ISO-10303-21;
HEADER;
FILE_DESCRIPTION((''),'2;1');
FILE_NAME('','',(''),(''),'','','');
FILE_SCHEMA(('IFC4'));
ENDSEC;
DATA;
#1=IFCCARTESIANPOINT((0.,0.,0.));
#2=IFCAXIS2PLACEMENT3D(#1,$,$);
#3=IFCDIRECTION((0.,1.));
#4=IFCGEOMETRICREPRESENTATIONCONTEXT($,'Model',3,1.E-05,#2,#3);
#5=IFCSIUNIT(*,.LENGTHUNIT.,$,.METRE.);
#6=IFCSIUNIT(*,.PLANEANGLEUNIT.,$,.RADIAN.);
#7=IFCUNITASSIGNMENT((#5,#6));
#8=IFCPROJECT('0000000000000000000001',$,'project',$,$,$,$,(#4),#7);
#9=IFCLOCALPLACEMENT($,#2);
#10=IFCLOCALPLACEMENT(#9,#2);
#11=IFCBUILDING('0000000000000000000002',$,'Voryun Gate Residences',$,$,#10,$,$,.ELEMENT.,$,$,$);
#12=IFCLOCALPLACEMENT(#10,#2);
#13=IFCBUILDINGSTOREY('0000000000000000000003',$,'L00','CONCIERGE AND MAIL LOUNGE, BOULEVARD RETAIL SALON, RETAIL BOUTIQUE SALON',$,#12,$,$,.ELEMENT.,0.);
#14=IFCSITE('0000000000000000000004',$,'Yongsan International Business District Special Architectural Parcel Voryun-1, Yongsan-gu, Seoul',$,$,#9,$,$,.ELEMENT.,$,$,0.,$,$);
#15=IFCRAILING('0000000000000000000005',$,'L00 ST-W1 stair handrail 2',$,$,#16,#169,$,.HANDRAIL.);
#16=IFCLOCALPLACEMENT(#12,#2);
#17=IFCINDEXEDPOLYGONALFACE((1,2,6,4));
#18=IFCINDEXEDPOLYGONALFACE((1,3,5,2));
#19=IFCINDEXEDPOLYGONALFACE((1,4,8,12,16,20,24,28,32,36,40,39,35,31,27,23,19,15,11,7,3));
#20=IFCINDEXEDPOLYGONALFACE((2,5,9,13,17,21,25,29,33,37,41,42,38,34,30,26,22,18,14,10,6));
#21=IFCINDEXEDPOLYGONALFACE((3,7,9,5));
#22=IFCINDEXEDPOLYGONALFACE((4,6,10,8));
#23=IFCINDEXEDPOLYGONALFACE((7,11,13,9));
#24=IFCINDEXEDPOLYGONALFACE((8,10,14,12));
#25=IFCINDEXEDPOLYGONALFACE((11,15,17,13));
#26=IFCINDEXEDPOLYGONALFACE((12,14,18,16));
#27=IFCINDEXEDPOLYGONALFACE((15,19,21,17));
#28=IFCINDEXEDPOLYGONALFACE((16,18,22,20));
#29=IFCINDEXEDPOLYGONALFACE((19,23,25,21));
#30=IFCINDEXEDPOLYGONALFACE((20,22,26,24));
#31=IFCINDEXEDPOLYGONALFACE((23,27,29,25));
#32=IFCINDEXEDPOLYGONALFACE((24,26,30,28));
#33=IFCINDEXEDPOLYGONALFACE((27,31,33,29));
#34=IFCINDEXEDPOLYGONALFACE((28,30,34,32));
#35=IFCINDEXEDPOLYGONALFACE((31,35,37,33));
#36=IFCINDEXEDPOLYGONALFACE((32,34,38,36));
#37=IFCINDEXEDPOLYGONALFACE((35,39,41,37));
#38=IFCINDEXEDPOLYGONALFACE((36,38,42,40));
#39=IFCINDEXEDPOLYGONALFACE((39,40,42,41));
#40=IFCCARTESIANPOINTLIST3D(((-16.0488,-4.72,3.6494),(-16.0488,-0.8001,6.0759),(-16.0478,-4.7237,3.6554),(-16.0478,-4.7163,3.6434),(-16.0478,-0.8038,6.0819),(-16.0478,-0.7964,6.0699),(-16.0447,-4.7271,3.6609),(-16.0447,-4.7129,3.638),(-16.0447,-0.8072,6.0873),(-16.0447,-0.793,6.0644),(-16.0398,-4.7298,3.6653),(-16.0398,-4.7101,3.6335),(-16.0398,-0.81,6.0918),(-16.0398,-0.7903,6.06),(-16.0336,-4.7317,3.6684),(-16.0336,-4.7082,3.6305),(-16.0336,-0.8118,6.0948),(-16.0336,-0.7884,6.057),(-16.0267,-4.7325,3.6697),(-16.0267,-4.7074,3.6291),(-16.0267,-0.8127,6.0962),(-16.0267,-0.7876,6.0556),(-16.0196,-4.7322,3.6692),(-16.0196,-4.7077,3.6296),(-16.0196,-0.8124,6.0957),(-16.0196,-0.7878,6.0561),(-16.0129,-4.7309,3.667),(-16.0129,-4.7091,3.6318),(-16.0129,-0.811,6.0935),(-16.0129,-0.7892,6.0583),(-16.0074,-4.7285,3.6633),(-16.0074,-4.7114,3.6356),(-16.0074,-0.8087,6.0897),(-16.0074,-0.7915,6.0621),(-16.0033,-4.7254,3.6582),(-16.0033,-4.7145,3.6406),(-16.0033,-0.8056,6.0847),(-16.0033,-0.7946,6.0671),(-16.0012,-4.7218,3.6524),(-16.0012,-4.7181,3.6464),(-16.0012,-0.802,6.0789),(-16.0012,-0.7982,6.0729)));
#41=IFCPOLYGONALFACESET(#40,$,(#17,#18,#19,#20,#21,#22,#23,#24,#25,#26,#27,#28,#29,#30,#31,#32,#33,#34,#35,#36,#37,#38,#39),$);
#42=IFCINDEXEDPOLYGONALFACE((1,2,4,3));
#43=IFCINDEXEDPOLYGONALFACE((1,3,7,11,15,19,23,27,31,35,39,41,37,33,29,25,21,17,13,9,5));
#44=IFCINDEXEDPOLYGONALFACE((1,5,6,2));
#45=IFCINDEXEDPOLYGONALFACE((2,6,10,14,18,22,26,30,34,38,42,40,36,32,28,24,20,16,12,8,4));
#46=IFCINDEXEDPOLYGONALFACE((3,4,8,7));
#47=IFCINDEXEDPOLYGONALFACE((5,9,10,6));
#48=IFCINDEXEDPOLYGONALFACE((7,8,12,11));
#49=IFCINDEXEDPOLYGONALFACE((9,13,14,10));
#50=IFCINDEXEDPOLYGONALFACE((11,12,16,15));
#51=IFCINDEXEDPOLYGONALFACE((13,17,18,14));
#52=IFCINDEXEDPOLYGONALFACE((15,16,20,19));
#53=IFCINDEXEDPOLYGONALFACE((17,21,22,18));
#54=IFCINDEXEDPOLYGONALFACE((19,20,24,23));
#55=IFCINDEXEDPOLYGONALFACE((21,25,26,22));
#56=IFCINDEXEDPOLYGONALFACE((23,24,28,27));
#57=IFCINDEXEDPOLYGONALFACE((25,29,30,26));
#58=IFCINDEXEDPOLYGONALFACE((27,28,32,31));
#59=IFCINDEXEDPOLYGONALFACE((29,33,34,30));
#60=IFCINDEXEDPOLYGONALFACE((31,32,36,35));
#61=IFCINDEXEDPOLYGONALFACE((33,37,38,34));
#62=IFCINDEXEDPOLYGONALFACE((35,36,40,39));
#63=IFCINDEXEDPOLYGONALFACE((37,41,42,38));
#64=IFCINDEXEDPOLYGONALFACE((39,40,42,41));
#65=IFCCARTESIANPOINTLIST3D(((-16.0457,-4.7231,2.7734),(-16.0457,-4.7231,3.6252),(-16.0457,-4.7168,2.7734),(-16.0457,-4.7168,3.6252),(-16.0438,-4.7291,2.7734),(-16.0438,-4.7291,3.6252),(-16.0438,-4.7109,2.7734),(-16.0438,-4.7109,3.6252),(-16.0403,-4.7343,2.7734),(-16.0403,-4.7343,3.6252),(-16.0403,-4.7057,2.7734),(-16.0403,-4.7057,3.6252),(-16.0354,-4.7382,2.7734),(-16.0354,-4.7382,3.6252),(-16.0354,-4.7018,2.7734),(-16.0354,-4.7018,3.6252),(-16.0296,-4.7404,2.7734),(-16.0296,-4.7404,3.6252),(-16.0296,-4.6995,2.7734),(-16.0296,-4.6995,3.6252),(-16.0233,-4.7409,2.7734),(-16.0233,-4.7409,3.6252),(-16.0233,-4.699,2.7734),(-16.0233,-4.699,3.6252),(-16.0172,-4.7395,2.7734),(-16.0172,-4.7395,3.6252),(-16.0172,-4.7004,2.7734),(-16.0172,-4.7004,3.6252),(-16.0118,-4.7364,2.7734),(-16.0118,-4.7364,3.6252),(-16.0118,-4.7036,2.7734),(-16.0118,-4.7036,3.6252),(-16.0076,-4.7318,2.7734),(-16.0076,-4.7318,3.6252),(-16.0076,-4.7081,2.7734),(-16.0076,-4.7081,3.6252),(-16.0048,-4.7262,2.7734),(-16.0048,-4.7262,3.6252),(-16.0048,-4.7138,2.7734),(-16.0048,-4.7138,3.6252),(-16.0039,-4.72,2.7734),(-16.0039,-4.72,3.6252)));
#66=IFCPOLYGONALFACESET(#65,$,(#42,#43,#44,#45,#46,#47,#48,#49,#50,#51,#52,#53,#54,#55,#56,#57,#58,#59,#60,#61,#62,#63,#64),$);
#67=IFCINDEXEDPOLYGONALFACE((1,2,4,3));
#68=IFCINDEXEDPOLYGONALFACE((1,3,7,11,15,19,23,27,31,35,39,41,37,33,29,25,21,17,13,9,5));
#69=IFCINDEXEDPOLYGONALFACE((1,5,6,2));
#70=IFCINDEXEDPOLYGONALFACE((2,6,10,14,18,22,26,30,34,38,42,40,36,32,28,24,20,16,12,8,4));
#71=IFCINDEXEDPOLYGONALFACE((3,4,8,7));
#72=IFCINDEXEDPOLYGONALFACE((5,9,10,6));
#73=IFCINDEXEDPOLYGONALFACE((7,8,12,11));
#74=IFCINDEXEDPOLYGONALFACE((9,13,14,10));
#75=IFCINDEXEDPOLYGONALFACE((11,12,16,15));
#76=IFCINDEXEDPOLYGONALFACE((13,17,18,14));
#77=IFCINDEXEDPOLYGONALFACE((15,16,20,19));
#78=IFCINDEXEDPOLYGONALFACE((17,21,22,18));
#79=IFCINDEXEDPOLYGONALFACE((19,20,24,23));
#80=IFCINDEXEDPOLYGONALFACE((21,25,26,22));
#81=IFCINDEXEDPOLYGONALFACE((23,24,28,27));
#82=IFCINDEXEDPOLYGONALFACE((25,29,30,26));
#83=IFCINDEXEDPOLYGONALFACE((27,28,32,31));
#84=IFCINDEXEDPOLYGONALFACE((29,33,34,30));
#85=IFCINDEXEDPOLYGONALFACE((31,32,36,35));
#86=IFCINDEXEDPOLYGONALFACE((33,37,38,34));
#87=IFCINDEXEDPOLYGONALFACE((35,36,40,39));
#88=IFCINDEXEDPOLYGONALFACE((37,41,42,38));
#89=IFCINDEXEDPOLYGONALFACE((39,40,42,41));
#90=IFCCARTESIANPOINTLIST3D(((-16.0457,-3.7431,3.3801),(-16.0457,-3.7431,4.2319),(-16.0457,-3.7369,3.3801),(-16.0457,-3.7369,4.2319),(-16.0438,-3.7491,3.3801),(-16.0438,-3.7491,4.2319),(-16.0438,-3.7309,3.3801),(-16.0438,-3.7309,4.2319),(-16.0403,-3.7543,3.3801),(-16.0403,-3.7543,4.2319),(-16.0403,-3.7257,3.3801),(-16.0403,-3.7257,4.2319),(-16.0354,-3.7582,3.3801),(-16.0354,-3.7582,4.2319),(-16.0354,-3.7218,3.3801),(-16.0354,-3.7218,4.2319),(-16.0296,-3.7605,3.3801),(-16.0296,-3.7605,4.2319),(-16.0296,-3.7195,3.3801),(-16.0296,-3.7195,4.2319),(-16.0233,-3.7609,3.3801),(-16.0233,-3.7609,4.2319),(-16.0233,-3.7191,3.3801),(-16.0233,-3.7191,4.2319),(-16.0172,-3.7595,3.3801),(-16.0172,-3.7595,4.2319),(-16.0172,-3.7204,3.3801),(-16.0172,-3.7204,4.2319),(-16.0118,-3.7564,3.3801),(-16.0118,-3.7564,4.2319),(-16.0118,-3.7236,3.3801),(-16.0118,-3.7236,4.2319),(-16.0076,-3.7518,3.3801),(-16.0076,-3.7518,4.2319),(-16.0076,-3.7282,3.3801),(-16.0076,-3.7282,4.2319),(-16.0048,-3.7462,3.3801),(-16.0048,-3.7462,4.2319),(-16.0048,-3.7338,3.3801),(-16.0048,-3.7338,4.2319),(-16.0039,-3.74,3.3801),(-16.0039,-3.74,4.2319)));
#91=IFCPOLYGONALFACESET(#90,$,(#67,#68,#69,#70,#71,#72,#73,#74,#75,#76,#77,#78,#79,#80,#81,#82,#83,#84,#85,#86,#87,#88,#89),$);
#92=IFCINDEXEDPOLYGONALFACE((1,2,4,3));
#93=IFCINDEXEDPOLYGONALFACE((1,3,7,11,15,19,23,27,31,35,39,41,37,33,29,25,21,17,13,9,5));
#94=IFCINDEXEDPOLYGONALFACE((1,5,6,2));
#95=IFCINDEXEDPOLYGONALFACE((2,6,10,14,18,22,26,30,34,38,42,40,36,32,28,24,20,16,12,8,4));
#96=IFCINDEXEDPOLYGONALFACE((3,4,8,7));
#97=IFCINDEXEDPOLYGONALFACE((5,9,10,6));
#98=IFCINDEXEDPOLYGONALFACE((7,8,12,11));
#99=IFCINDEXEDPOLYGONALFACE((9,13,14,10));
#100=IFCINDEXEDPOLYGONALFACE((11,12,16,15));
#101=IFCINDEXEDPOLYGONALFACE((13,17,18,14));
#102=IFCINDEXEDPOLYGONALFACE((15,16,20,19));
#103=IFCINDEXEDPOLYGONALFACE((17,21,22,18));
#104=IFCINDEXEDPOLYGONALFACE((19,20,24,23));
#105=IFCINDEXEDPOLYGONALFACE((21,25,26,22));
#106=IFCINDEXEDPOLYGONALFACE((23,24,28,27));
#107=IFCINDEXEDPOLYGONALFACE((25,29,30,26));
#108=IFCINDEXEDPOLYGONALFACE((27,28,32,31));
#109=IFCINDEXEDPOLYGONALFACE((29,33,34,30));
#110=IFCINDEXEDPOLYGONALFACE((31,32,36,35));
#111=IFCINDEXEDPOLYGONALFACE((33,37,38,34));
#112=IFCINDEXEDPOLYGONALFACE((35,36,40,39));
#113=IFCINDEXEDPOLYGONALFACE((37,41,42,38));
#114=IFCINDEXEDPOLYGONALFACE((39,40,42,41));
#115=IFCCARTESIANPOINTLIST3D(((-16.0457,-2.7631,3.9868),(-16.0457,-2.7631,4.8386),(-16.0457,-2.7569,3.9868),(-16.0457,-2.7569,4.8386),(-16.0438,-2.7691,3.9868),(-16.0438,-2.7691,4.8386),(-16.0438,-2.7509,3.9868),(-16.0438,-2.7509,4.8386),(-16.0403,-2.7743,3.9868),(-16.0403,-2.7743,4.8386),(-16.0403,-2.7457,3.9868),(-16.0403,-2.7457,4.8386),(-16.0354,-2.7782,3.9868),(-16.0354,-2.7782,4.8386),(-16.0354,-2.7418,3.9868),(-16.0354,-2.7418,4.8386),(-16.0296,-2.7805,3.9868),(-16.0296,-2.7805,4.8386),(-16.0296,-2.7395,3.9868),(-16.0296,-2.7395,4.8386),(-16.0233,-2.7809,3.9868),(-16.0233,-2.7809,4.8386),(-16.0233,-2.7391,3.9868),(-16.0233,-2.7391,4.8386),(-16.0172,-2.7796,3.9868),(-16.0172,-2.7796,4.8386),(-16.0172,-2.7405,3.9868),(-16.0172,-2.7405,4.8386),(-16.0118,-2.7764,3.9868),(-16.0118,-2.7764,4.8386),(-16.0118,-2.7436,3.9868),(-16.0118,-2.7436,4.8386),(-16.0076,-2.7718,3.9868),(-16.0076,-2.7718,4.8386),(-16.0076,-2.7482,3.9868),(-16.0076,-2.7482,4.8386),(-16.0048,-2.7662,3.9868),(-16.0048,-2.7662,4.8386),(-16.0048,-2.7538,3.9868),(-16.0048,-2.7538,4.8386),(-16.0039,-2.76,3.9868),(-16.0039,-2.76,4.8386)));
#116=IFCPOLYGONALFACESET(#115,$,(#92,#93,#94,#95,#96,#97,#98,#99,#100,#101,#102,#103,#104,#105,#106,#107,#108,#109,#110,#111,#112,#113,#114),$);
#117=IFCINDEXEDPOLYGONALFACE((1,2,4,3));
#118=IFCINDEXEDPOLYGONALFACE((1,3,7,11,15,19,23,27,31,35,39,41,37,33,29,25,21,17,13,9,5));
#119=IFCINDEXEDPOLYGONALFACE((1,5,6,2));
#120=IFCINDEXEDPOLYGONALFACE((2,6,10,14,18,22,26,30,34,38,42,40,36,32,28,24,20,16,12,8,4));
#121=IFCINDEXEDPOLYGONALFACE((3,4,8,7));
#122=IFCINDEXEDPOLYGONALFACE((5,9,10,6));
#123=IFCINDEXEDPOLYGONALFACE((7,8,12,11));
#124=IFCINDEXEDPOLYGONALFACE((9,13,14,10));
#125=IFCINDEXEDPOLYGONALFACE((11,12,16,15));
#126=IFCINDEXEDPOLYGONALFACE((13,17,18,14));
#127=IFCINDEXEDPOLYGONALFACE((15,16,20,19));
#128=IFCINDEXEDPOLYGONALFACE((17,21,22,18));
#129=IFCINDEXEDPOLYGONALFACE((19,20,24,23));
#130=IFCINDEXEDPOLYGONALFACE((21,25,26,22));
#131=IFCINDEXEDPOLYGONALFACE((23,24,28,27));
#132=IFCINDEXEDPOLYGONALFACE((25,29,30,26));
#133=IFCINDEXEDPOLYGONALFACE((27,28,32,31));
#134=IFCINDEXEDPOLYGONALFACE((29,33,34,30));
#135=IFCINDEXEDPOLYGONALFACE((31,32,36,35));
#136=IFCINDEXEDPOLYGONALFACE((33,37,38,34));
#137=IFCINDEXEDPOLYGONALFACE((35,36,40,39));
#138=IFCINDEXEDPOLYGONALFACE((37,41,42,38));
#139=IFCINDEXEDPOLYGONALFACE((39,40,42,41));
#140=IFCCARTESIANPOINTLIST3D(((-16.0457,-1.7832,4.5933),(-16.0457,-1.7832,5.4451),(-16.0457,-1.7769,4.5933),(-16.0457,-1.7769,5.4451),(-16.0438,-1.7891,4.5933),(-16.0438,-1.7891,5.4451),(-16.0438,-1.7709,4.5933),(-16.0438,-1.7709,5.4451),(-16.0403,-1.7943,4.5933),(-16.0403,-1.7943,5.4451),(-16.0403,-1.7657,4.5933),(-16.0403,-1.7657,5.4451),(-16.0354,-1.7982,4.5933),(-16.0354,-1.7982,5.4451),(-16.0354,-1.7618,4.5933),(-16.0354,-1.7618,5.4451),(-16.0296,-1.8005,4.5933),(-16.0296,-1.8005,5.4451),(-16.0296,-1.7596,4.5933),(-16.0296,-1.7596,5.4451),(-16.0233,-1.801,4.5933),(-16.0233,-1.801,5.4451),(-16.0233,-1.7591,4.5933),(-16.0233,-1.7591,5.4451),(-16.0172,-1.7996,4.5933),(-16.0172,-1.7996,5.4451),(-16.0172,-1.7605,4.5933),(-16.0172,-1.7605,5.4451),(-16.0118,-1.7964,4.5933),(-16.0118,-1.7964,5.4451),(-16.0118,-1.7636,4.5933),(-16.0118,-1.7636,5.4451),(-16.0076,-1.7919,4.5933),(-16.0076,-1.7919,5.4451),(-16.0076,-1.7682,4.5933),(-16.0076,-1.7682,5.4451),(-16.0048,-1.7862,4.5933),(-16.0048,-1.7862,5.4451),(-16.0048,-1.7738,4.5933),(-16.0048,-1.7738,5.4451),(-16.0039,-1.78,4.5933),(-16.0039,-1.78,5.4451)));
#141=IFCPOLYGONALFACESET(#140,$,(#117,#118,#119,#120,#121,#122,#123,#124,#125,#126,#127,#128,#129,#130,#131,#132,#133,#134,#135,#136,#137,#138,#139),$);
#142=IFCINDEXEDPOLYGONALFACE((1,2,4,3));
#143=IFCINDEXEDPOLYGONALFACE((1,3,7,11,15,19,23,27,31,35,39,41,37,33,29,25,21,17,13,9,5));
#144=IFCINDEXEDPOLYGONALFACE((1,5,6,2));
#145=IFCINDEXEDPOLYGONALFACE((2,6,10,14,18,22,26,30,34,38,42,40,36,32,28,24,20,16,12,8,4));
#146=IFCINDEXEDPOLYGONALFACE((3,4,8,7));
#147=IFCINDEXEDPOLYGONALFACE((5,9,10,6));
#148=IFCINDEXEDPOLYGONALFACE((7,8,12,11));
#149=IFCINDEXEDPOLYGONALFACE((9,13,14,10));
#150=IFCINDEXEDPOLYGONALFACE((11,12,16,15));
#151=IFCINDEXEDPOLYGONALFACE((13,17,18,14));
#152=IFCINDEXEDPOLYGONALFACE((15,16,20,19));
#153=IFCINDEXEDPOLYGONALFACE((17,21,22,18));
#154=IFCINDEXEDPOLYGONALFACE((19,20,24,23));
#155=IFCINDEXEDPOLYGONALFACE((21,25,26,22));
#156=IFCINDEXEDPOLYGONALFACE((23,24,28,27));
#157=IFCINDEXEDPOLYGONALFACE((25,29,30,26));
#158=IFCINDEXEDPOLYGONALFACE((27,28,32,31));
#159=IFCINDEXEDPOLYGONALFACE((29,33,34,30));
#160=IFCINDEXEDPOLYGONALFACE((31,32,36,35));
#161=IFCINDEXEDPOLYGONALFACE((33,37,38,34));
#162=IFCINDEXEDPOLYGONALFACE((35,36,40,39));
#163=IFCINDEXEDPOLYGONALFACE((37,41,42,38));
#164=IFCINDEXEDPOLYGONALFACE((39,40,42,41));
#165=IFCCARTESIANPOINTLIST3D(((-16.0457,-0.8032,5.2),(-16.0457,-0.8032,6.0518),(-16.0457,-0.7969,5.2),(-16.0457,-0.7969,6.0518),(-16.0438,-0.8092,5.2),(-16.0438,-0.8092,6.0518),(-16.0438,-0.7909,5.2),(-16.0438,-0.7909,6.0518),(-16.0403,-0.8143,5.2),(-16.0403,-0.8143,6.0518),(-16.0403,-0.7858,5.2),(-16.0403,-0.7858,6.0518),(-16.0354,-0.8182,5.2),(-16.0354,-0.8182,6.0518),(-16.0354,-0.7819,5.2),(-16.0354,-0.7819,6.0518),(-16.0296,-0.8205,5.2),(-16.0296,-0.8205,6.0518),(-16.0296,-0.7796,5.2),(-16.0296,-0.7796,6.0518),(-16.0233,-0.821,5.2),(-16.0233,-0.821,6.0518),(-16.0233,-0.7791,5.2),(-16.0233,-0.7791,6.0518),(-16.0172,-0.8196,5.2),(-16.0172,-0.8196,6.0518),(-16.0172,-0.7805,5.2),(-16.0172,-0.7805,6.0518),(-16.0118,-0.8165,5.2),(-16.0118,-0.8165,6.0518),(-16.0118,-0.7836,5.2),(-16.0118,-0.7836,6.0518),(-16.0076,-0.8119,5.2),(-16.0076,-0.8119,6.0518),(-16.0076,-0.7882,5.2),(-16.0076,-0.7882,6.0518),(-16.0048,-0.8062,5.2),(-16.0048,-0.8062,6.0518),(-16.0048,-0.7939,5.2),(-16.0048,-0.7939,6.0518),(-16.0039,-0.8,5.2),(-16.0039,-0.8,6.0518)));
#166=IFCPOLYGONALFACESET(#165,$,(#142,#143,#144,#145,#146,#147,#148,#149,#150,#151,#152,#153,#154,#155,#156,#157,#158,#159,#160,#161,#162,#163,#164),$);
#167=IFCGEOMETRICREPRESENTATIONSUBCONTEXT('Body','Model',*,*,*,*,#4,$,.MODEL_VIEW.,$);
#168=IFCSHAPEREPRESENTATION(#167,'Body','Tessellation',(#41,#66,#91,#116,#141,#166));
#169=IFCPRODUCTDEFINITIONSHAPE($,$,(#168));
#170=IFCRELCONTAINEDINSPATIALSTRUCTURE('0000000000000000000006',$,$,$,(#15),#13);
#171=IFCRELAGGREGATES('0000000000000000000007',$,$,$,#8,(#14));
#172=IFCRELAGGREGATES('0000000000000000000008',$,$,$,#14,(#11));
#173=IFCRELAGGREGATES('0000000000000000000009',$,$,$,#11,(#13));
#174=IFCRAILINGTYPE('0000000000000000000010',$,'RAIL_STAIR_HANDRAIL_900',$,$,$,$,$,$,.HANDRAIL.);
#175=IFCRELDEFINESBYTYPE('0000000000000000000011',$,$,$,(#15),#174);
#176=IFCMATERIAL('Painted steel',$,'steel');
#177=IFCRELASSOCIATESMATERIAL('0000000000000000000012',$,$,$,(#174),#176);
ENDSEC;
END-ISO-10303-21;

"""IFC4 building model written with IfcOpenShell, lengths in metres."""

from ifc_helpers import new_model, si_unit, direction, frame, origin, origin_2d, place, context, subcontext, project, spatial, circle, extrude, material, type_object, element, save


model = new_model("IFC4")

# Units and contexts
model_context = context("Model", 3, precision=1e-05, world=origin(), true_north=direction((0.0, 1.0)))
body_context = subcontext(model_context, "Body", "Model", "MODEL_VIEW")
ifc_project = project(units=[si_unit("LENGTHUNIT", "METRE"), si_unit("PLANEANGLEUNIT", "RADIAN")], contexts=[model_context])

# Site, building, storey
site_placement = place(None, origin())
site = spatial("IfcSite", under=ifc_project, at=site_placement, Name="Yongsan International Business District Special Architectural Parcel Voryun-1, Yongsan-gu, Seoul", CompositionType="ELEMENT", RefElevation=0.0)
building_placement = place(site_placement, origin())
building = spatial("IfcBuilding", under=site, at=building_placement, Name="Voryun Gate Residences", CompositionType="ELEMENT")
storey_placement = place(building_placement, origin())
storey = spatial("IfcBuildingStorey", under=building, at=storey_placement, Name="L00", Description="CONCIERGE AND MAIL LOUNGE, BOULEVARD RETAIL SALON, RETAIL BOUTIQUE SALON", CompositionType="ELEMENT", Elevation=0.0)

# Railing
ifc_material_1 = material(Name="Painted steel", Category="steel")
railing_type_1 = type_object("IfcRailingType", Name="RAIL_STAIR_HANDRAIL_900", PredefinedType="HANDRAIL", material=ifc_material_1)
railing_1_placement = place(storey_placement, frame((-16.0249, -4.72, 2.7734)))
element("IfcRailing", 1, at=railing_1_placement, inside=storey, type_object=railing_type_1, Name="L00 ST-W1 stair handrail 2", PredefinedType="HANDRAIL", context=body_context, shape_type="SweptSolid", body=[
    extrude(circle(Radius=0.0239, at=origin_2d()), frame((0.0, 0.0, 0.876), z_axis=(0.0, 0.850275, 0.526338), x_axis=(-1.0, 0.0, 0.0)), (0.0, 0.0, 1.0), 4.6101),
    extrude(circle(Radius=0.021, at=origin_2d()), origin(), (0.0, 0.0, 1.0), 0.8518),
    extrude(circle(Radius=0.021, at=origin_2d()), frame((0.0, 0.98, 0.6067)), (0.0, 0.0, 1.0), 0.8518),
    extrude(circle(Radius=0.021, at=origin_2d()), frame((0.0, 1.96, 1.2134)), (0.0, 0.0, 1.0), 0.8518),
    extrude(circle(Radius=0.021, at=origin_2d()), frame((0.0, 2.9399, 1.8198)), (0.0, 0.0, 1.0), 0.8518),
    extrude(circle(Radius=0.021, at=origin_2d()), frame((0.0, 3.9199, 2.4265)), (0.0, 0.0, 1.0), 0.8518),
])

save(model, "model.ifc")
